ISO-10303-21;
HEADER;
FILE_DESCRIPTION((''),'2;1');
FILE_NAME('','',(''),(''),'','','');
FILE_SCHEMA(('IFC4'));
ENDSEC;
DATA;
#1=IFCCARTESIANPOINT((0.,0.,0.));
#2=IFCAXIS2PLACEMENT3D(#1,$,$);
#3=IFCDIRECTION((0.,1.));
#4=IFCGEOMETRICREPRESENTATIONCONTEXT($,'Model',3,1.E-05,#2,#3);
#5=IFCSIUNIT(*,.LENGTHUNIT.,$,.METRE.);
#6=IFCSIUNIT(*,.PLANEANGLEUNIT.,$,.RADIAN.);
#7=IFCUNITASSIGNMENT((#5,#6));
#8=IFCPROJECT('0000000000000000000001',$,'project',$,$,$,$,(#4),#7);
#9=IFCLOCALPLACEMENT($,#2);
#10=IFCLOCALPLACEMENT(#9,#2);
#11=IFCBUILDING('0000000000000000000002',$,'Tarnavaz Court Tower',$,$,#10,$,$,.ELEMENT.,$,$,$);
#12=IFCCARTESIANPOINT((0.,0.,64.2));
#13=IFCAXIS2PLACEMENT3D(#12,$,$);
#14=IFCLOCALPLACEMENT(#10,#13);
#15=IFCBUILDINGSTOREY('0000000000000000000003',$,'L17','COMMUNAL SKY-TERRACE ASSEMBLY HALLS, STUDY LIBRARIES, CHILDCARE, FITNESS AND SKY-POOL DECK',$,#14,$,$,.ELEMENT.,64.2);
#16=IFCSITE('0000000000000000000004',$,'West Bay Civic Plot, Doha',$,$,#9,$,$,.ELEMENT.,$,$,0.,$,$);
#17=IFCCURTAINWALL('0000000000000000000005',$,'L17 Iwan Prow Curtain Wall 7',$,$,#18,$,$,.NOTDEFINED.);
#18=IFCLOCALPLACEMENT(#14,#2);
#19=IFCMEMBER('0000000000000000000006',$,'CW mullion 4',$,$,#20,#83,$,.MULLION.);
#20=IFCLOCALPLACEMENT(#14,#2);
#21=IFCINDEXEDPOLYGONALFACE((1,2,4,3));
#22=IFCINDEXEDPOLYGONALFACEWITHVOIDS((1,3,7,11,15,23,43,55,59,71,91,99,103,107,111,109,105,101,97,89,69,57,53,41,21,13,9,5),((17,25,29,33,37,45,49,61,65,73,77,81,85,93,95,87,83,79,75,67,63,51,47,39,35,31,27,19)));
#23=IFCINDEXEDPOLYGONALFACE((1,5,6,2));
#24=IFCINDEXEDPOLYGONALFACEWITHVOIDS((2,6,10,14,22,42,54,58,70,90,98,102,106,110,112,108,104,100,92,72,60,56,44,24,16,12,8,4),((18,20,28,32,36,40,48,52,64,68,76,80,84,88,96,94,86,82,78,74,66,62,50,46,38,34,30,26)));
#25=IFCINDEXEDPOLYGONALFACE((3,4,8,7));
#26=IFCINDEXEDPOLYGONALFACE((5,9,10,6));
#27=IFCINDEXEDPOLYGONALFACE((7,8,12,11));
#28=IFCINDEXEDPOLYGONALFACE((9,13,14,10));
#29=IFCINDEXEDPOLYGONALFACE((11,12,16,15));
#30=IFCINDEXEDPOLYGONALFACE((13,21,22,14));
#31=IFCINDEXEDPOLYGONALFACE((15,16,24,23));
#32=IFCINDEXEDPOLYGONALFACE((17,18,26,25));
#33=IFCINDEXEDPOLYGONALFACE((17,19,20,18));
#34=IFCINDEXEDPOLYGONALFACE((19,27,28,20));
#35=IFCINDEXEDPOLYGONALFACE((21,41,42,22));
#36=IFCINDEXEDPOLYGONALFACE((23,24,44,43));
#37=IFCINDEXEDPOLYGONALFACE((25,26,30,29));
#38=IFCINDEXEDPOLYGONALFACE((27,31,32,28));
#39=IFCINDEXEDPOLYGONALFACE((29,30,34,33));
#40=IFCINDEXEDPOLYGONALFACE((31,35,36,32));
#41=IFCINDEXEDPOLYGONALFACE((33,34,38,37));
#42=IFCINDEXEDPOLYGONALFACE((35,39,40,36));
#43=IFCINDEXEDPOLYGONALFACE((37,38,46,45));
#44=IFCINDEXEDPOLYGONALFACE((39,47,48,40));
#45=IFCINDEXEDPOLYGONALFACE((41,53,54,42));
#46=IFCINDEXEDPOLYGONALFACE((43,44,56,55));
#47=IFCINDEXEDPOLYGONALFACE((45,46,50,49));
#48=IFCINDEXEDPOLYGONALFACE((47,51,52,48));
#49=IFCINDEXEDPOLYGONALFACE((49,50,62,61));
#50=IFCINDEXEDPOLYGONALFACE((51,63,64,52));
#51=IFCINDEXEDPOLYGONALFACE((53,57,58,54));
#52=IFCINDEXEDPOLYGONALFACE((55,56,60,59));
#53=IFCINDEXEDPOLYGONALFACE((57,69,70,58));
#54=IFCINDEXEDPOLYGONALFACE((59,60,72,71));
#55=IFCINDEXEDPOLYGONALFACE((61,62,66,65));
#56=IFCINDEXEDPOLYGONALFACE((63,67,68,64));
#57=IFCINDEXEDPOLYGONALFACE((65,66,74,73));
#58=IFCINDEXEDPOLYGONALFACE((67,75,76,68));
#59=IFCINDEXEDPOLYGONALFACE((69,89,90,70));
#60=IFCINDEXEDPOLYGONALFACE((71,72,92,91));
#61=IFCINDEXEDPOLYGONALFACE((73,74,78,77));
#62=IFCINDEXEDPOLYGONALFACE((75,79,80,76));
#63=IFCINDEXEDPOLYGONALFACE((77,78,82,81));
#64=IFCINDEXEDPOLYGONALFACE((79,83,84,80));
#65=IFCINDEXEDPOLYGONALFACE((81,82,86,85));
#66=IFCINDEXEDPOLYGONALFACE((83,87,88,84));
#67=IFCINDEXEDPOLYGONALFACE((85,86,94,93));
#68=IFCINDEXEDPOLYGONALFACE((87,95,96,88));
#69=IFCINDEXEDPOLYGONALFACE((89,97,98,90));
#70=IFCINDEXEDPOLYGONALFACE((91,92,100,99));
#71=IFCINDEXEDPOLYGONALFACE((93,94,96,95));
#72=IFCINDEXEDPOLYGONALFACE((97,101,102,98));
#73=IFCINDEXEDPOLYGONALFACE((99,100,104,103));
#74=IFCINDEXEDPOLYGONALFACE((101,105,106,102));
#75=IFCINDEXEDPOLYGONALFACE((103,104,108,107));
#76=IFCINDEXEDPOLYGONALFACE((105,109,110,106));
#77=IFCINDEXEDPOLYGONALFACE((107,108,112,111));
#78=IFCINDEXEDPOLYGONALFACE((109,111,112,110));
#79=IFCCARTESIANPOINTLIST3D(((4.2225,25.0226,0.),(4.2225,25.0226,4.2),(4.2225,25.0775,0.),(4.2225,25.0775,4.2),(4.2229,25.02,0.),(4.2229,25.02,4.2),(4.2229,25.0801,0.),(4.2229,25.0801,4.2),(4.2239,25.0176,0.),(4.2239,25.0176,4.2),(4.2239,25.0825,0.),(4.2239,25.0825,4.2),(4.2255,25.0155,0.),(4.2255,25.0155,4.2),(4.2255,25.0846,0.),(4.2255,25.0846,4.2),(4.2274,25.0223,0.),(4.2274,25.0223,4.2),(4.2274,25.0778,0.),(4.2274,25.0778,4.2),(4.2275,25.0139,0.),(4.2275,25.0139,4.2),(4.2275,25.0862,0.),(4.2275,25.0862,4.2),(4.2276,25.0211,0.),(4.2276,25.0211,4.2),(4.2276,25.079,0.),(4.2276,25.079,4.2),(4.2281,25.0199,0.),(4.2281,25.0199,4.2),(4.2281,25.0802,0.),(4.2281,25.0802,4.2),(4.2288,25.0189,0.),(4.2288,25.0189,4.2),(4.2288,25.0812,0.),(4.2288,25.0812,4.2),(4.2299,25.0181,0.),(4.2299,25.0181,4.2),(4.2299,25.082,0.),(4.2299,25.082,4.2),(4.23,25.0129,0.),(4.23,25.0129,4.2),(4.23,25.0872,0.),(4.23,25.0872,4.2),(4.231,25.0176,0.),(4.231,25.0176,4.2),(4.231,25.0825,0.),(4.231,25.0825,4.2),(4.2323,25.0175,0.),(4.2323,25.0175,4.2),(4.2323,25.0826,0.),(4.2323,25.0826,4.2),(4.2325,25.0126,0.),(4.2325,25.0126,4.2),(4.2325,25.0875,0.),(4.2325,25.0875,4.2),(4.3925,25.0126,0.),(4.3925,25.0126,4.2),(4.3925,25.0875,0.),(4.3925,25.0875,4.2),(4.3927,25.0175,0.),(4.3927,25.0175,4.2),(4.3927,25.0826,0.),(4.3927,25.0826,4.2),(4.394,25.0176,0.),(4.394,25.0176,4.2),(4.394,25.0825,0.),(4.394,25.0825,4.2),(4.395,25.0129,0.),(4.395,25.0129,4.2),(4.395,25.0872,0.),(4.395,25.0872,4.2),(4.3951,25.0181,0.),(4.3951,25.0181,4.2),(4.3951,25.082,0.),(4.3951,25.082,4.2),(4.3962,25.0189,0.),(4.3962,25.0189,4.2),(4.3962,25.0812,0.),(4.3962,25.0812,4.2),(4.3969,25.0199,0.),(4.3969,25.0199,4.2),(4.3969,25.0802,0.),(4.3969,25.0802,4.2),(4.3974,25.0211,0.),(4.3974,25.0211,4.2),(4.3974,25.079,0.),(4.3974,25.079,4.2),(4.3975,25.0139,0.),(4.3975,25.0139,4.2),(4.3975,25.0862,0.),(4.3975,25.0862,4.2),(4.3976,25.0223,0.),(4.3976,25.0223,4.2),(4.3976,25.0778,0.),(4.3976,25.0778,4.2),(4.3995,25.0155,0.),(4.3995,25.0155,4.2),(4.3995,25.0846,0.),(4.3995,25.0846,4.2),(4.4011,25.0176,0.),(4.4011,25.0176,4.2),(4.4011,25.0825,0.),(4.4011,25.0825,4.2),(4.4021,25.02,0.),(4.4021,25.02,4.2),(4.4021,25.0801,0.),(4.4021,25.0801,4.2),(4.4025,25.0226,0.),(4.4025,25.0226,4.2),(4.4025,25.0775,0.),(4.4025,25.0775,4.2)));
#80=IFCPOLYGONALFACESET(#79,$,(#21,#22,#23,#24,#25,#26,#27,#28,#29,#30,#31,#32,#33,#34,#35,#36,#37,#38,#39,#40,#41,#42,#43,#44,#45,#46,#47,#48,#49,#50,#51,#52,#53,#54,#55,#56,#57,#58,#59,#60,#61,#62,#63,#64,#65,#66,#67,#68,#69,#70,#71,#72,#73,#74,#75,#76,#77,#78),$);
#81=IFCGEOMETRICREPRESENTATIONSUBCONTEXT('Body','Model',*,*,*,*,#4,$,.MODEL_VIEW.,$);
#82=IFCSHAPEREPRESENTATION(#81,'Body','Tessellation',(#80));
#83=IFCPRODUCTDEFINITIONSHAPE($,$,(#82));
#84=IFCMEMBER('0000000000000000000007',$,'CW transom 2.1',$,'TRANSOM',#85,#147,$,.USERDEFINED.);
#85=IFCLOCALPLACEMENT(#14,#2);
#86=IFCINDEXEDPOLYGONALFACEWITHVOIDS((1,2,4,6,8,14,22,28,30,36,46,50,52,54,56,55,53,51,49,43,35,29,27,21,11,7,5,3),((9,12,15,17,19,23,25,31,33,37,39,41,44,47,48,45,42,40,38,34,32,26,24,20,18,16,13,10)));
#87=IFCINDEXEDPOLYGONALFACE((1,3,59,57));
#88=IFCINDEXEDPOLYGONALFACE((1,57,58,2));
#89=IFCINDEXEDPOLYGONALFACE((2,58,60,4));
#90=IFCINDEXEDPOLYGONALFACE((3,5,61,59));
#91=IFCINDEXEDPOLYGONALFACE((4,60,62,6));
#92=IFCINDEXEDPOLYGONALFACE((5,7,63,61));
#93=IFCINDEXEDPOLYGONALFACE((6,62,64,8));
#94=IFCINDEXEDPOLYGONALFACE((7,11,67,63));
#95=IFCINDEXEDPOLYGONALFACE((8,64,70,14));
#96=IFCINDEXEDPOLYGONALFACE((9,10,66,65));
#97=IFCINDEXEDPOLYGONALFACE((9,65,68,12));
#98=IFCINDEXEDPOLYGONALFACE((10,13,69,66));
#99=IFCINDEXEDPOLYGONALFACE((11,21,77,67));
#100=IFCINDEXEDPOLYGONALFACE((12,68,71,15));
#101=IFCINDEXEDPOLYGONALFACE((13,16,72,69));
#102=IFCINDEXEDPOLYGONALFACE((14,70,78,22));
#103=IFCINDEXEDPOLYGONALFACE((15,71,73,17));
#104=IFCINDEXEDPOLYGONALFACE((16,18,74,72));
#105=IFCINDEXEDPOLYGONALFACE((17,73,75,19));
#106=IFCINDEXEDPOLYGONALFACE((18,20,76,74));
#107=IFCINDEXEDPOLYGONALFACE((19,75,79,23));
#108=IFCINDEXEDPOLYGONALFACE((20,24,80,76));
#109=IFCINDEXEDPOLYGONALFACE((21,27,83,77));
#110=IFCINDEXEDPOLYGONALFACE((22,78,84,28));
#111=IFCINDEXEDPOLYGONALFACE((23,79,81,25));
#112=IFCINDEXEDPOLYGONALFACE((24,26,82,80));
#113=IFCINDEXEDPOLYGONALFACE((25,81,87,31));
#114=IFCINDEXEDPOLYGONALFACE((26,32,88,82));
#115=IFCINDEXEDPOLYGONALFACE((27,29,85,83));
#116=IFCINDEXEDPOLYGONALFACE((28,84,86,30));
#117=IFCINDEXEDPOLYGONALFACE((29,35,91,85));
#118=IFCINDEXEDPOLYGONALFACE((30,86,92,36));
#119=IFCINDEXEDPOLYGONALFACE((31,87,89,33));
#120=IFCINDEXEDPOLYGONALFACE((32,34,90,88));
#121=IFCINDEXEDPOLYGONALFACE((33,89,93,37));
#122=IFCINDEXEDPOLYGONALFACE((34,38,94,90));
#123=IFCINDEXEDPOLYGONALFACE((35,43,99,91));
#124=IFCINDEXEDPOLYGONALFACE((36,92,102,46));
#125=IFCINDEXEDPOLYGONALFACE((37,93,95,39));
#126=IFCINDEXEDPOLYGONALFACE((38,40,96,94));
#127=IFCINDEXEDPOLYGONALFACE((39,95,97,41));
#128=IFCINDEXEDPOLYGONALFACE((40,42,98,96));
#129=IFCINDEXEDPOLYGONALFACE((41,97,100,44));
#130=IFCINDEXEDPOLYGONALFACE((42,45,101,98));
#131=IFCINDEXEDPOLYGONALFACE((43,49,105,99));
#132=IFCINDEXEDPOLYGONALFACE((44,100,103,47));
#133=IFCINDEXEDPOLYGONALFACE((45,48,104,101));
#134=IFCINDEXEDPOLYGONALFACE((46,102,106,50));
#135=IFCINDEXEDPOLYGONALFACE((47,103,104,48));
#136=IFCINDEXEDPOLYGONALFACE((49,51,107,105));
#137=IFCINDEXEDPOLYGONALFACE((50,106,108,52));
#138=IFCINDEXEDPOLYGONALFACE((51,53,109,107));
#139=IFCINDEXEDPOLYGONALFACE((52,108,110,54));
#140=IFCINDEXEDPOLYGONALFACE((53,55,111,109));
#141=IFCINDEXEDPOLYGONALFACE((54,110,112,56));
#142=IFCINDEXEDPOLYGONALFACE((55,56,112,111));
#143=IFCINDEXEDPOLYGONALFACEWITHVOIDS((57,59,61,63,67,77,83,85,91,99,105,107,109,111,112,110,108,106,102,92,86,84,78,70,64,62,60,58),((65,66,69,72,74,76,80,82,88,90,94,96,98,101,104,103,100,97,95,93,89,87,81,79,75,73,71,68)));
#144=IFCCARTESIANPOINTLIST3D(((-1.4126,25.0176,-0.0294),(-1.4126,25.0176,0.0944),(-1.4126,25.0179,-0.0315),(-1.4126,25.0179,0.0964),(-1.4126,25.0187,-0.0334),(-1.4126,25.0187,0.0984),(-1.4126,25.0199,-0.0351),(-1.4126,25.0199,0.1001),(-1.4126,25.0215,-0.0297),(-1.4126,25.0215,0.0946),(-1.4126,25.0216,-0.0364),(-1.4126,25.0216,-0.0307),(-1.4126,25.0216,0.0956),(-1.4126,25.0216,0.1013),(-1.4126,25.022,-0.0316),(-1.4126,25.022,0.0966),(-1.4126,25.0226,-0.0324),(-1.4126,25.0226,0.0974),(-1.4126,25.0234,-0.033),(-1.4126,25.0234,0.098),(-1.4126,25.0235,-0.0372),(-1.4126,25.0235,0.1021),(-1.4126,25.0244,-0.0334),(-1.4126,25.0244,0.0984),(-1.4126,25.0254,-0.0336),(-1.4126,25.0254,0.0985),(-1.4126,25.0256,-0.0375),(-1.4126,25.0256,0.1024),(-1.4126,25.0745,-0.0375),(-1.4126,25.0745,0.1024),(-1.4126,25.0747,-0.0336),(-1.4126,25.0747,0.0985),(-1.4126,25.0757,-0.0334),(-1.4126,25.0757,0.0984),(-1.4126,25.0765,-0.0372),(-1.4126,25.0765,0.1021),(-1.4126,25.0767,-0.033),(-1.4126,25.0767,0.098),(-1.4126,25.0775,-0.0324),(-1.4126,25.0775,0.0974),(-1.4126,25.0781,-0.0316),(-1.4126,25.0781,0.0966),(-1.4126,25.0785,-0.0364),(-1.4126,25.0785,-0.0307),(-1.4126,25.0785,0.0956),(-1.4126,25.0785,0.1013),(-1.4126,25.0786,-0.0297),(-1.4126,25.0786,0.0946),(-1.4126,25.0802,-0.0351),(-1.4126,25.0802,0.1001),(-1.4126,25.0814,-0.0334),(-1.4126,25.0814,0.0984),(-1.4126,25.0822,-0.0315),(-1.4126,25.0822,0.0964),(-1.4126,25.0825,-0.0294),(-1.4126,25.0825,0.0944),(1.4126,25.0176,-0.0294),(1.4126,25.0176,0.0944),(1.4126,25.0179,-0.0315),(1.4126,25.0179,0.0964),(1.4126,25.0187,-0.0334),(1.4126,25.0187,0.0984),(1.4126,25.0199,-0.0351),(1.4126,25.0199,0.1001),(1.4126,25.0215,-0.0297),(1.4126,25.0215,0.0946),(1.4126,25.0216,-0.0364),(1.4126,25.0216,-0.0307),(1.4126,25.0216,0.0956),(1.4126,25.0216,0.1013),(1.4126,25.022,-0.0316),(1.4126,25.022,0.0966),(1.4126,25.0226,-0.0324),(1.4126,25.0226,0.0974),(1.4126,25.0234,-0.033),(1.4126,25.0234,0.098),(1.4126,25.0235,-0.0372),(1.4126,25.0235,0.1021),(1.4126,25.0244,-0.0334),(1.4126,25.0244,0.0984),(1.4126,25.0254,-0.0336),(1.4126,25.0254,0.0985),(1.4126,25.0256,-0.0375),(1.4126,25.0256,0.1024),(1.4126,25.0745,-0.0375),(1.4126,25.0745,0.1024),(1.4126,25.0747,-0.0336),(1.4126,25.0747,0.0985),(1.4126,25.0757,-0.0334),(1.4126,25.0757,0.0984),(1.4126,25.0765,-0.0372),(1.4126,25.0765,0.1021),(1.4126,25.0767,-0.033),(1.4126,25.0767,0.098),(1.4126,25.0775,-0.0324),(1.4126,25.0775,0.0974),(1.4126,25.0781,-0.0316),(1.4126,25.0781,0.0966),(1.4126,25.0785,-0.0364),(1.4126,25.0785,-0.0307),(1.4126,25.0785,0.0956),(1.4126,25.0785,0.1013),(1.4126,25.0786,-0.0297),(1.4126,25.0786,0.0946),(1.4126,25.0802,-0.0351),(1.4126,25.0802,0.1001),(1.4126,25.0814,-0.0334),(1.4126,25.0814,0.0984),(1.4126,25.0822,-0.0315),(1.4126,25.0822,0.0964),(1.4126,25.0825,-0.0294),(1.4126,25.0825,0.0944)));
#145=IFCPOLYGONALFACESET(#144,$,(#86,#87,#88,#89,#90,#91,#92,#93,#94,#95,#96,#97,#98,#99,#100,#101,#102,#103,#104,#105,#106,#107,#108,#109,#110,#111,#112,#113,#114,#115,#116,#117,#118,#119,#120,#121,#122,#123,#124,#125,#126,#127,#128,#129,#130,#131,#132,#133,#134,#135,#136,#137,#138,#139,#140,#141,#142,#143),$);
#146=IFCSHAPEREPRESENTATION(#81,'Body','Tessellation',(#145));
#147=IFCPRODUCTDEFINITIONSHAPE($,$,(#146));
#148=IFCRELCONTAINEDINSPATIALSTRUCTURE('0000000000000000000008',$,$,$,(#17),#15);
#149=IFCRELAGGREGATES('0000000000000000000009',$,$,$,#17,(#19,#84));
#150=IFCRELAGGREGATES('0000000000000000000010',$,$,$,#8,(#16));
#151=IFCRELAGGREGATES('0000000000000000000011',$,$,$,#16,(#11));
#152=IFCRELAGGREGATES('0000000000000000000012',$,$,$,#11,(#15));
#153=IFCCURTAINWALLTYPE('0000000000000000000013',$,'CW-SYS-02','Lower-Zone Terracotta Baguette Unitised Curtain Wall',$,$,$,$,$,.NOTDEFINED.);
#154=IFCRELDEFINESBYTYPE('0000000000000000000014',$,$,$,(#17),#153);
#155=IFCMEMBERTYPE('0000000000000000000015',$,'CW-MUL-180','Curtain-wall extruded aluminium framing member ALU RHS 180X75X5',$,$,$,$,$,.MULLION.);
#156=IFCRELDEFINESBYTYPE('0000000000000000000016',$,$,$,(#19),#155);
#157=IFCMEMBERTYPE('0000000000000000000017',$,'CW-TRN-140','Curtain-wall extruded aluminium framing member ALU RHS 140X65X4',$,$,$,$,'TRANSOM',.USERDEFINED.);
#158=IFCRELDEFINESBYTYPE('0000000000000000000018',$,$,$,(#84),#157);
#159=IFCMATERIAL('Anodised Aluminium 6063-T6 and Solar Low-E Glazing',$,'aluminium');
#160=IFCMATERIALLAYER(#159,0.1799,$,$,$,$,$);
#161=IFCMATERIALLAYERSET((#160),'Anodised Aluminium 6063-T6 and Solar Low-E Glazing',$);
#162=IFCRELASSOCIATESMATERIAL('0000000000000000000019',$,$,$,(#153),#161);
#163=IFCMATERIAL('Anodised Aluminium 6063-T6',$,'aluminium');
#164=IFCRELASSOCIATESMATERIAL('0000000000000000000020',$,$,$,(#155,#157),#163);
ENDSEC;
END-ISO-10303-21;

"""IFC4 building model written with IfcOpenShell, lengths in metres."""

from ifc_helpers import new_model, si_unit, direction, frame, origin, origin_2d, place, context, subcontext, project, spatial, hollow_rectangle, extrude, material, layer, layer_set, material_profile, profile_set, type_object, element, aggregate, save


model = new_model("IFC4")

# Units and contexts
model_context = context("Model", 3, precision=1e-05, world=origin(), true_north=direction((0.0, 1.0)))
body_context = subcontext(model_context, "Body", "Model", "MODEL_VIEW")
ifc_project = project(units=[si_unit("LENGTHUNIT", "METRE"), si_unit("PLANEANGLEUNIT", "RADIAN")], contexts=[model_context])

# Site, building, storey
site_placement = place(None, origin())
site = spatial("IfcSite", under=ifc_project, at=site_placement, Name="West Bay Civic Plot, Doha", CompositionType="ELEMENT", RefElevation=0.0)
building_placement = place(site_placement, origin())
building = spatial("IfcBuilding", under=site, at=building_placement, Name="Tarnavaz Court Tower", CompositionType="ELEMENT")
storey_placement = place(building_placement, frame((0.0, 0.0, 64.2)))
storey = spatial("IfcBuildingStorey", under=building, at=storey_placement, Name="L17", Description="COMMUNAL SKY-TERRACE ASSEMBLY HALLS, STUDY LIBRARIES, CHILDCARE, FITNESS AND SKY-POOL DECK", CompositionType="ELEMENT", Elevation=64.2)

# Curtain wall, members
ifc_material_1 = material(Name="Anodised Aluminium 6063-T6 and Solar Low-E Glazing", Category="aluminium")
ifc_layer_1 = layer(ifc_material_1, 0.1799)
ifc_layer_set_1 = layer_set([ifc_layer_1], Name="Anodised Aluminium 6063-T6 and Solar Low-E Glazing")
curtain_wall_type = type_object("IfcCurtainWallType", Name="CW-SYS-02", Description="Lower-Zone Terracotta Baguette Unitised Curtain Wall", PredefinedType="NOTDEFINED", material=ifc_layer_set_1)
curtain_wall_placement = place(storey_placement, origin())
curtain_wall = element("IfcCurtainWall", 1, at=curtain_wall_placement, inside=storey, type_object=curtain_wall_type, Name="L17 Iwan Prow Curtain Wall 7", PredefinedType="NOTDEFINED")
ifc_material_2 = material(Name="Anodised Aluminium 6063-T6", Category="aluminium")
ifc_material_profile_1 = material_profile(ifc_material_2, hollow_rectangle(XDim=0.075, YDim=0.1799, WallThickness=0.0049, InnerFilletRadius=0.0049, OuterFilletRadius=0.01, at=origin_2d()), Name="ALU RHS 180X75X5")
ifc_profile_set_1 = profile_set([ifc_material_profile_1], Name="Anodised Aluminium 6063-T6")
member_type_1 = type_object("IfcMemberType", Name="CW-MUL-180", Description="Curtain-wall extruded aluminium framing member ALU RHS 180X75X5", PredefinedType="MULLION", material=ifc_profile_set_1)
member_1_placement = place(storey_placement, frame((4.3125, 25.05, 0.0), z_axis=(0.0, 0.0, 1.0), x_axis=(0.0, 1.0, 0.0)))
member_1 = element("IfcMember", 2, at=member_1_placement, type_object=member_type_1, Name="CW mullion 4", PredefinedType="MULLION", context=body_context, shape_type="SweptSolid", body=[
    extrude(hollow_rectangle(XDim=0.075, YDim=0.1799, WallThickness=0.0049, InnerFilletRadius=0.0049, OuterFilletRadius=0.01, at=origin_2d()), origin(), (0.0, 0.0, 1.0), 4.2),
])
ifc_material_profile_2 = material_profile(ifc_material_2, hollow_rectangle(XDim=0.0649, YDim=0.1399, WallThickness=0.0039, InnerFilletRadius=0.0039, OuterFilletRadius=0.0081, at=origin_2d()), Name="ALU RHS 140X65X4")
ifc_profile_set_2 = profile_set([ifc_material_profile_2], Name="Anodised Aluminium 6063-T6")
member_type_2 = type_object("IfcMemberType", Name="CW-TRN-140", Description="Curtain-wall extruded aluminium framing member ALU RHS 140X65X4", ElementType="TRANSOM", PredefinedType="USERDEFINED", material=ifc_profile_set_2)
member_2_placement = place(storey_placement, frame((-1.4126, 25.05, 0.0325), z_axis=(1.0, 0.0, 0.0), x_axis=(0.0, 1.0, 0.0)))
member_2 = element("IfcMember", 3, at=member_2_placement, type_object=member_type_2, Name="CW transom 2.1", ObjectType="TRANSOM", PredefinedType="USERDEFINED", context=body_context, shape_type="SweptSolid", body=[
    extrude(hollow_rectangle(XDim=0.0649, YDim=0.1399, WallThickness=0.0039, InnerFilletRadius=0.0039, OuterFilletRadius=0.0081, at=origin_2d()), origin(), (0.0, 0.0, 1.0), 2.8252),
])
aggregate(curtain_wall, [member_1, member_2])

save(model, "model.ifc")
